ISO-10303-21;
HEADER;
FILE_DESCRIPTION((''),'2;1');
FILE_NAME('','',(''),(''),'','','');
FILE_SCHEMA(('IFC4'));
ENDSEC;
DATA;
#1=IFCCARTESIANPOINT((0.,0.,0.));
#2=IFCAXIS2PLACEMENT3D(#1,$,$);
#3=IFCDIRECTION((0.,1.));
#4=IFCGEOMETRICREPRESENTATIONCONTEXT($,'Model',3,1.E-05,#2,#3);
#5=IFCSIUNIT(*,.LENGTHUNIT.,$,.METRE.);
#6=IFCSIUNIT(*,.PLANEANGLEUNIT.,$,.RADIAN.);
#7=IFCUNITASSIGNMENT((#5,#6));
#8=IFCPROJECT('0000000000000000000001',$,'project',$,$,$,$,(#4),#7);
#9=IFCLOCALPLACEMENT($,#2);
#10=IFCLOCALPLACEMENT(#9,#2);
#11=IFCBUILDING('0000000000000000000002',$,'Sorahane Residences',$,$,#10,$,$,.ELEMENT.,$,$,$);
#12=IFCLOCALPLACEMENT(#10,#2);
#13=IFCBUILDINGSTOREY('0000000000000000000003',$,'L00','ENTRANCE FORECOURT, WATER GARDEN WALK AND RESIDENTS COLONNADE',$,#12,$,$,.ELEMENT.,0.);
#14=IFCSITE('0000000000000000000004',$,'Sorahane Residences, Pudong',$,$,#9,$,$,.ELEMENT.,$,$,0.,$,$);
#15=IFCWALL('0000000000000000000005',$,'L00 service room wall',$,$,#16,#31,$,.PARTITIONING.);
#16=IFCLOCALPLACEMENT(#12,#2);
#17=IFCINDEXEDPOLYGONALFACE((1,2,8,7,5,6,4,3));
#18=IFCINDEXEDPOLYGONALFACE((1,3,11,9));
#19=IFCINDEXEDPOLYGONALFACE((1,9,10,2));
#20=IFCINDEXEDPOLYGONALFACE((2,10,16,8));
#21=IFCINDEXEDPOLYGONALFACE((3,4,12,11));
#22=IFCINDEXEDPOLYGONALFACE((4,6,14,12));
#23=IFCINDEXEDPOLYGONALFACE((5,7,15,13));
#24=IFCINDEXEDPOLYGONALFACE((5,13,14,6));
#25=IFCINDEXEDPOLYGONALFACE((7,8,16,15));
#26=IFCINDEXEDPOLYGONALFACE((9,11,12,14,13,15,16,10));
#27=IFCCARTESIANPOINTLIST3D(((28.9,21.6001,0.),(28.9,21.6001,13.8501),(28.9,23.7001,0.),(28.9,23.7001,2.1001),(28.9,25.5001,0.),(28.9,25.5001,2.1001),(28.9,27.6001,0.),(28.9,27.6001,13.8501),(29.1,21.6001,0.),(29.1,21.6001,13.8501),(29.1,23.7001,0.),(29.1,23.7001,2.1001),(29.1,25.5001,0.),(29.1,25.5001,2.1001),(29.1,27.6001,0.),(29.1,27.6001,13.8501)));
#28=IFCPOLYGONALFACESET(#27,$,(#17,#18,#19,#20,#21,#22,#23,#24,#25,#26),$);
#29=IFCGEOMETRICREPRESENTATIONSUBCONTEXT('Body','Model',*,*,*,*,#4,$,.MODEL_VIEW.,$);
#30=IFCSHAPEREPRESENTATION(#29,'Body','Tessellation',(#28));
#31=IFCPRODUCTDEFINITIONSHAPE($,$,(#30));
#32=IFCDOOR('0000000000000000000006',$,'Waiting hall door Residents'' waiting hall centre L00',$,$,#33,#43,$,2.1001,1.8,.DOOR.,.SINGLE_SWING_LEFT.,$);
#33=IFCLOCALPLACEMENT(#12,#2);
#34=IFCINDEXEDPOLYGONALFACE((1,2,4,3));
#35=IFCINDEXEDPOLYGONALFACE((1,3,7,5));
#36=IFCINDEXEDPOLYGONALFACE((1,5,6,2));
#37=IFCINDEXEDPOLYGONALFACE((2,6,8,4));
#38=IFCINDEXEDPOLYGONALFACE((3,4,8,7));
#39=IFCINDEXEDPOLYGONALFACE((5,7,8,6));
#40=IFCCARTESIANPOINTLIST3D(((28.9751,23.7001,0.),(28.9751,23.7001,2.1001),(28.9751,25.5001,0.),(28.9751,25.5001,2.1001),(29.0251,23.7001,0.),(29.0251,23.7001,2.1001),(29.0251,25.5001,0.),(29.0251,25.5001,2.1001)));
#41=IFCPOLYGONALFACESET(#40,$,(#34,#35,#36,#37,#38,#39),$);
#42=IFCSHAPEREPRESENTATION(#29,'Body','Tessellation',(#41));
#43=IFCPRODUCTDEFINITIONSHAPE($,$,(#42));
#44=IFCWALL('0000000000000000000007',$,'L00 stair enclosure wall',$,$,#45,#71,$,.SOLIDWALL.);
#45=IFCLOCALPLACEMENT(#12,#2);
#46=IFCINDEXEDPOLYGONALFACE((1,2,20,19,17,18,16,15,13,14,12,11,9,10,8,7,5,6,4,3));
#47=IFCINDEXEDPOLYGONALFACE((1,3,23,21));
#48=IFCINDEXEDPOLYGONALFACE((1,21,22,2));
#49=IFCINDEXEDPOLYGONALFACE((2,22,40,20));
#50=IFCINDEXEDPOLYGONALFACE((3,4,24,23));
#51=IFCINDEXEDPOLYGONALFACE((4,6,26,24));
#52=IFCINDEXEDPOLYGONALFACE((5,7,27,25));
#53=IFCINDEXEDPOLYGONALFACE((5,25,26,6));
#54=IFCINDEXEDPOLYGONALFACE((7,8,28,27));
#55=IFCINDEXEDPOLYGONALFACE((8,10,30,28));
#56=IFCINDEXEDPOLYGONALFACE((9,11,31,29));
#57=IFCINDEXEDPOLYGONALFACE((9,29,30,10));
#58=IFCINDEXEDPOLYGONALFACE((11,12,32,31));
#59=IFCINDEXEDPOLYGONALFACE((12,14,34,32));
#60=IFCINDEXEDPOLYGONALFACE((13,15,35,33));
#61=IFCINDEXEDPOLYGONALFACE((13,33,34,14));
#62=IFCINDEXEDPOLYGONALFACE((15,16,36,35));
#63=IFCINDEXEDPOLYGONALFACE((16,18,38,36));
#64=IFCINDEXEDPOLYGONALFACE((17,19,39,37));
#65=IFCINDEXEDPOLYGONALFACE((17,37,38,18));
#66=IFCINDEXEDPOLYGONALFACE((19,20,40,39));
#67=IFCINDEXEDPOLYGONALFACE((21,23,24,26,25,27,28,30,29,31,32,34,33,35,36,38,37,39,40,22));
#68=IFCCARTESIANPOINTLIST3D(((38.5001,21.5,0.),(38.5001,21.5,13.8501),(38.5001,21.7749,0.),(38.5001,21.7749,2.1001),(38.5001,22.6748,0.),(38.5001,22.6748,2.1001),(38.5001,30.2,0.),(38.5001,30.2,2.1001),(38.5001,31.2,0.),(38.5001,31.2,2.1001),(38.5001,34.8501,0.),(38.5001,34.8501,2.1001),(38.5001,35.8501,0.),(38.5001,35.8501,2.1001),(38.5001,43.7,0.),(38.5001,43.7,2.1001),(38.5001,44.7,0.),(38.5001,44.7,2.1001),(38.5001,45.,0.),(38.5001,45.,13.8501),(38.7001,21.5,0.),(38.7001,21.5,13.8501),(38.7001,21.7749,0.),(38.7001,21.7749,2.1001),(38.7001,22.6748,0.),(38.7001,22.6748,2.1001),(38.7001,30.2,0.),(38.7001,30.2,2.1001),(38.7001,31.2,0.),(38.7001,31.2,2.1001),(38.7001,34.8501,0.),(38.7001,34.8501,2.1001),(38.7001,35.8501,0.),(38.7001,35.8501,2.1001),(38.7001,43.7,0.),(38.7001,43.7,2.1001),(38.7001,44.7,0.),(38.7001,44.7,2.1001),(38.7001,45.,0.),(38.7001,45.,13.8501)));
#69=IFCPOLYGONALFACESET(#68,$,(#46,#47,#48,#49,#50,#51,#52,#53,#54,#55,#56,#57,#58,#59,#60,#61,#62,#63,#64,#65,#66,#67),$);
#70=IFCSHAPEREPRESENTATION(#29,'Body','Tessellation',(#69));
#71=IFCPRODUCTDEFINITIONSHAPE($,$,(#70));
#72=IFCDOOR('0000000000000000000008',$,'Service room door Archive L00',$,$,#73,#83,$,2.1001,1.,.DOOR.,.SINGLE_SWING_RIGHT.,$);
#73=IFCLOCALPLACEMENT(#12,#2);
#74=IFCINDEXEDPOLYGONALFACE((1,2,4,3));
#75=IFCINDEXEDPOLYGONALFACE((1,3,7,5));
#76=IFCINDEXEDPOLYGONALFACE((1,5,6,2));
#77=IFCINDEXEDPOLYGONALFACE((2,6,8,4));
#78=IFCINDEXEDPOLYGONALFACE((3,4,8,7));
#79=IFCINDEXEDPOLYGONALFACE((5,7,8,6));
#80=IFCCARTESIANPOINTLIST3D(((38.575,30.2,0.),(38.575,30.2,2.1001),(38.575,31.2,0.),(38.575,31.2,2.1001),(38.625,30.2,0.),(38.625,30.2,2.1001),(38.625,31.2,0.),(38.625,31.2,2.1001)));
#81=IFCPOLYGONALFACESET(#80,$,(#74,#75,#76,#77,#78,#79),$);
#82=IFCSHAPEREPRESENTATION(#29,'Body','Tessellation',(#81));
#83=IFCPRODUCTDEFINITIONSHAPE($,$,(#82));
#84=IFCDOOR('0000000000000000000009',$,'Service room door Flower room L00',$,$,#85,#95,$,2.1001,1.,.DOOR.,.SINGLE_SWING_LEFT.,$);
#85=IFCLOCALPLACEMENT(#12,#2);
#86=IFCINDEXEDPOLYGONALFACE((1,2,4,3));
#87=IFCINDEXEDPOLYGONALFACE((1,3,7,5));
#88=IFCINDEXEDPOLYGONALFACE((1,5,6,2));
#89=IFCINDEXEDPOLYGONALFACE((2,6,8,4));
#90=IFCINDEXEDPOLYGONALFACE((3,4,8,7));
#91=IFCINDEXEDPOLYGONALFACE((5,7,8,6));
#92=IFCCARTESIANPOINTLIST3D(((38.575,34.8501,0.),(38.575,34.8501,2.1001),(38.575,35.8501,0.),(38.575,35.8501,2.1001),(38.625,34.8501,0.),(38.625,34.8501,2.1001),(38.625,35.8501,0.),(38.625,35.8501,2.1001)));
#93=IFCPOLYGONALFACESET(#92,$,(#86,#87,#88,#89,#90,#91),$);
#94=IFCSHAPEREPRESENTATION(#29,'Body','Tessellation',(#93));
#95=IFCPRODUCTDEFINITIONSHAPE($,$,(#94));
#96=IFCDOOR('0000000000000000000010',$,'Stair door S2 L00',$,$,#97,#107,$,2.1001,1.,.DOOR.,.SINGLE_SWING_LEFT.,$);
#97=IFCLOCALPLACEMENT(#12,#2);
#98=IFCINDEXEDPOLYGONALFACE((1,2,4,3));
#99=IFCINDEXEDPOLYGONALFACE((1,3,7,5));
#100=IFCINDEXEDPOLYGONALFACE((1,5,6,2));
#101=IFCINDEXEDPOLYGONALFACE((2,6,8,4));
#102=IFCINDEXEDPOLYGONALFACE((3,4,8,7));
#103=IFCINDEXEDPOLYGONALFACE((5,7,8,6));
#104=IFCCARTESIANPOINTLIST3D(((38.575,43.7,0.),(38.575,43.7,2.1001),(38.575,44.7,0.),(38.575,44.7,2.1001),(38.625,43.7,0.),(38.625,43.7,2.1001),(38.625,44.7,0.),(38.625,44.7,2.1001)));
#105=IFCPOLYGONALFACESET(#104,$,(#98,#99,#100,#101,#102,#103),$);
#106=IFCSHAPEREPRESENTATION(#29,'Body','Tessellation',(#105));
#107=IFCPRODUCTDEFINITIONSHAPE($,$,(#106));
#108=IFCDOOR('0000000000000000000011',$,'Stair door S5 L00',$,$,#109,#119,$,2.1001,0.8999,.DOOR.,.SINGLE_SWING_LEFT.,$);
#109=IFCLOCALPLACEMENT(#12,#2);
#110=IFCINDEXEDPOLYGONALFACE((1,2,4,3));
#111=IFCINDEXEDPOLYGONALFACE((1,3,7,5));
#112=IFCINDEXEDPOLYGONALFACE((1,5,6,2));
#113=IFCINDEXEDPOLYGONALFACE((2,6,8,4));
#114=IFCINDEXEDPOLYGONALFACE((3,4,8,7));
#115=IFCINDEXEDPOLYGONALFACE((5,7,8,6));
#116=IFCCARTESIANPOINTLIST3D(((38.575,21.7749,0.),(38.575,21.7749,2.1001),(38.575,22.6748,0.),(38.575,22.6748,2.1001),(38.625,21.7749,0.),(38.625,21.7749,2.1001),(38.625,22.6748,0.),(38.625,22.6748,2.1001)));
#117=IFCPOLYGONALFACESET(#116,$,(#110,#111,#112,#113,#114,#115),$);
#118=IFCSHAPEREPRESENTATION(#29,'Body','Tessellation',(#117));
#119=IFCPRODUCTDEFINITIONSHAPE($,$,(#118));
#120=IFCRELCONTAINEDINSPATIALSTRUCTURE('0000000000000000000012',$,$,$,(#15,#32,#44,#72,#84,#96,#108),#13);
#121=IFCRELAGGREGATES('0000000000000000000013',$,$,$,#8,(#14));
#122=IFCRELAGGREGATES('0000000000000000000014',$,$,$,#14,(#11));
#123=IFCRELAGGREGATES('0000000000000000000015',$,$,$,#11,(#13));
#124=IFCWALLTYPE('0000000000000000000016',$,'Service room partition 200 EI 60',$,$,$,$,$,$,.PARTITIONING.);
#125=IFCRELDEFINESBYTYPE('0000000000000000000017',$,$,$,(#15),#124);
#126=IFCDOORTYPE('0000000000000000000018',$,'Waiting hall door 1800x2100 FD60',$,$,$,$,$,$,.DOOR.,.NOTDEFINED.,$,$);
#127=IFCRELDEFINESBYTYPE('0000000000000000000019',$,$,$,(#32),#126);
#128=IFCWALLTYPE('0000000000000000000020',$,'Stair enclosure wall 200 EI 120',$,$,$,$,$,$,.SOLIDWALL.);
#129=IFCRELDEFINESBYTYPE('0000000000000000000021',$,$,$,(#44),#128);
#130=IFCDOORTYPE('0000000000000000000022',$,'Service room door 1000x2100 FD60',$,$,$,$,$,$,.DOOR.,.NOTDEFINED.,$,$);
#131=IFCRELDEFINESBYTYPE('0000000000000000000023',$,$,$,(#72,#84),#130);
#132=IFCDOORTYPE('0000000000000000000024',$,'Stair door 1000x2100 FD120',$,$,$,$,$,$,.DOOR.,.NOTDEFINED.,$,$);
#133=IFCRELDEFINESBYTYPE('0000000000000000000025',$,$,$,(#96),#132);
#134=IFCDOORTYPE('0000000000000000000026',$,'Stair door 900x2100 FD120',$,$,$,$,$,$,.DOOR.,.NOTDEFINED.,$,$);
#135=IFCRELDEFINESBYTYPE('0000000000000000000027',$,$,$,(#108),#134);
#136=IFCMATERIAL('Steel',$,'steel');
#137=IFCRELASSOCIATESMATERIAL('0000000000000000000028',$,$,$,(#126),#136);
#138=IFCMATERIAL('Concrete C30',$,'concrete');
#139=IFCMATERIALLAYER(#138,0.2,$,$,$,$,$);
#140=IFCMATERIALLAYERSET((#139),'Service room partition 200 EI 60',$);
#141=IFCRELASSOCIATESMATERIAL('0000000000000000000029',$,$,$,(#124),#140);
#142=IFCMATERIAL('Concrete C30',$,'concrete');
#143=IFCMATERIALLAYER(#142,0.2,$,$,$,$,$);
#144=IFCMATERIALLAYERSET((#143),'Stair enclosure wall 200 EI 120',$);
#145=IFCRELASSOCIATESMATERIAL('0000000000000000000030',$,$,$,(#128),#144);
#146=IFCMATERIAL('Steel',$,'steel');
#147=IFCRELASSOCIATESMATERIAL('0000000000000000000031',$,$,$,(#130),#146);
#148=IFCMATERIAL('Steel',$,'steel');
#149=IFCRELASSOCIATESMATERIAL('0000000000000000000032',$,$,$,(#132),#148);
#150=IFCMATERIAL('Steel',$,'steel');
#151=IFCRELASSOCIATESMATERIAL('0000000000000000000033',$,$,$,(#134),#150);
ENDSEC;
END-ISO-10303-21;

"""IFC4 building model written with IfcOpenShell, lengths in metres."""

from ifc_helpers import new_model, si_unit, direction, frame, frame_2d, origin, place, context, subcontext, project, spatial, rectangle, extrude, material, layer, layer_set, type_object, element, fill, save


model = new_model("IFC4")

# Units and contexts
model_context = context("Model", 3, precision=1e-05, world=origin(), true_north=direction((0.0, 1.0)))
body_context = subcontext(model_context, "Body", "Model", "MODEL_VIEW")
ifc_project = project(units=[si_unit("LENGTHUNIT", "METRE"), si_unit("PLANEANGLEUNIT", "RADIAN")], contexts=[model_context])

# Site, building, storey
site_placement = place(None, origin())
site = spatial("IfcSite", under=ifc_project, at=site_placement, Name="Sorahane Residences, Pudong", CompositionType="ELEMENT", RefElevation=0.0)
building_placement = place(site_placement, origin())
building = spatial("IfcBuilding", under=site, at=building_placement, Name="Sorahane Residences", CompositionType="ELEMENT")
storey_placement = place(building_placement, origin())
storey = spatial("IfcBuildingStorey", under=building, at=storey_placement, Name="L00", Description="ENTRANCE FORECOURT, WATER GARDEN WALK AND RESIDENTS COLONNADE", CompositionType="ELEMENT", Elevation=0.0)

# Wall, opening, door
ifc_material_1 = material(Name="Steel", Category="steel")
door_type_1 = type_object("IfcDoorType", Name="Waiting hall door 1800x2100 FD60", OperationType="NOTDEFINED", PredefinedType="DOOR", material=ifc_material_1)
ifc_material_2 = material(Name="Concrete C30", Category="concrete")
ifc_layer_1 = layer(ifc_material_2, 0.2)
ifc_layer_set_1 = layer_set([ifc_layer_1], Name="Service room partition 200 EI 60")
wall_type_1 = type_object("IfcWallType", Name="Service room partition 200 EI 60", PredefinedType="PARTITIONING", material=ifc_layer_set_1)
wall_1_placement = place(storey_placement, frame((29.0, 21.6001, 0.0), z_axis=(0.0, 0.0, 1.0), x_axis=(0.0, 1.0, 0.0)))
wall_1 = element("IfcWall", 1, at=wall_1_placement, inside=storey, type_object=wall_type_1, Name="L00 service room wall", PredefinedType="PARTITIONING", context=body_context, shape_type="SweptSolid", body=[
    extrude(rectangle(XDim=6.0, YDim=0.2, at=frame_2d((3.0, 0.0))), origin(), (0.0, 0.0, 1.0), 13.8501),
])
opening_1_placement = place(wall_1_placement, frame((2.1001, 0.0, 0.0)))
opening_1 = element("IfcOpeningElement", 2, at=opening_1_placement, cuts=wall_1, PredefinedType="OPENING", context=body_context, shape_type="SweptSolid", body=[
    extrude(rectangle(XDim=1.8, YDim=2.1001, at=frame_2d((0.8999, 1.05))), frame((0.0, 0.1099, 0.0), z_axis=(0.0, -1.0, 0.0), x_axis=(1.0, 0.0, 0.0)), (0.0, 0.0, 1.0), 0.22),
])
door_1_placement = place(opening_1_placement, origin())
door_1 = element("IfcDoor", 3, at=door_1_placement, inside=storey, type_object=door_type_1, Name="Waiting hall door Residents' waiting hall centre L00", OperationType="SINGLE_SWING_LEFT", OverallHeight=2.1001, OverallWidth=1.8, PredefinedType="DOOR", context=body_context, shape_type="SweptSolid", body=[
    extrude(rectangle(XDim=1.8, YDim=2.1001, at=frame_2d((0.8999, 1.05))), frame((0.0, 0.0249, 0.0), z_axis=(0.0, -1.0, 0.0), x_axis=(1.0, 0.0, 0.0)), (0.0, 0.0, 1.0), 0.05),
])
fill(opening_1, door_1)

# Wall, openings, doors
ifc_material_3 = material(Name="Concrete C30", Category="concrete")
ifc_layer_2 = layer(ifc_material_3, 0.2)
ifc_layer_set_2 = layer_set([ifc_layer_2], Name="Stair enclosure wall 200 EI 120")
wall_type_2 = type_object("IfcWallType", Name="Stair enclosure wall 200 EI 120", PredefinedType="SOLIDWALL", material=ifc_layer_set_2)
wall_2_placement = place(storey_placement, frame((38.6001, 21.5, 0.0), z_axis=(0.0, 0.0, 1.0), x_axis=(0.0, 1.0, 0.0)))
wall_2 = element("IfcWall", 4, at=wall_2_placement, inside=storey, type_object=wall_type_2, Name="L00 stair enclosure wall", PredefinedType="SOLIDWALL", context=body_context, shape_type="SweptSolid", body=[
    extrude(rectangle(XDim=23.5, YDim=0.2, at=frame_2d((11.75, 0.0))), origin(), (0.0, 0.0, 1.0), 13.8501),
])
opening_2_placement = place(wall_2_placement, frame((8.7, 0.0, 0.0)))
opening_2 = element("IfcOpeningElement", 5, at=opening_2_placement, cuts=wall_2, PredefinedType="OPENING", context=body_context, shape_type="SweptSolid", body=[
    extrude(rectangle(XDim=1.0, YDim=2.1001, at=frame_2d((0.5, 1.05))), frame((0.0, 0.1099, 0.0), z_axis=(0.0, -1.0, 0.0), x_axis=(1.0, 0.0, 0.0)), (0.0, 0.0, 1.0), 0.22),
])
opening_3_placement = place(wall_2_placement, frame((13.3501, 0.0, 0.0)))
opening_3 = element("IfcOpeningElement", 6, at=opening_3_placement, cuts=wall_2, PredefinedType="OPENING", context=body_context, shape_type="SweptSolid", body=[
    extrude(rectangle(XDim=1.0, YDim=2.1001, at=frame_2d((0.5, 1.05))), frame((0.0, 0.1099, 0.0), z_axis=(0.0, -1.0, 0.0), x_axis=(1.0, 0.0, 0.0)), (0.0, 0.0, 1.0), 0.22),
])
opening_4_placement = place(wall_2_placement, frame((22.2, 0.0, 0.0)))
opening_4 = element("IfcOpeningElement", 7, at=opening_4_placement, cuts=wall_2, PredefinedType="OPENING", context=body_context, shape_type="SweptSolid", body=[
    extrude(rectangle(XDim=1.0, YDim=2.1001, at=frame_2d((0.5, 1.05))), frame((0.0, 0.1099, 0.0), z_axis=(0.0, -1.0, 0.0), x_axis=(1.0, 0.0, 0.0)), (0.0, 0.0, 1.0), 0.22),
])
opening_5_placement = place(wall_2_placement, frame((0.2749, 0.0, 0.0)))
opening_5 = element("IfcOpeningElement", 8, at=opening_5_placement, cuts=wall_2, PredefinedType="OPENING", context=body_context, shape_type="SweptSolid", body=[
    extrude(rectangle(XDim=0.8999, YDim=2.1001, at=frame_2d((0.45, 1.05))), frame((0.0, 0.1099, 0.0), z_axis=(0.0, -1.0, 0.0), x_axis=(1.0, 0.0, 0.0)), (0.0, 0.0, 1.0), 0.22),
])
ifc_material_4 = material(Name="Steel", Category="steel")
door_type_2 = type_object("IfcDoorType", Name="Service room door 1000x2100 FD60", OperationType="NOTDEFINED", PredefinedType="DOOR", material=ifc_material_4)
door_2_placement = place(opening_2_placement, frame((1.0, 0.0, 0.0), z_axis=(0.0, 0.0, 1.0), x_axis=(-1.0, 0.0, 0.0)))
door_2 = element("IfcDoor", 9, at=door_2_placement, inside=storey, type_object=door_type_2, Name="Service room door Archive L00", OperationType="SINGLE_SWING_RIGHT", OverallHeight=2.1001, OverallWidth=1.0, PredefinedType="DOOR", context=body_context, shape_type="SweptSolid", body=[
    extrude(rectangle(XDim=1.0, YDim=2.1001, at=frame_2d((0.5, 1.05))), frame((0.0, 0.0249, 0.0), z_axis=(0.0, -1.0, 0.0), x_axis=(1.0, 0.0, 0.0)), (0.0, 0.0, 1.0), 0.05),
])
fill(opening_2, door_2)
door_3_placement = place(opening_3_placement, frame((1.0, 0.0, 0.0), z_axis=(0.0, 0.0, 1.0), x_axis=(-1.0, 0.0, 0.0)))
door_3 = element("IfcDoor", 10, at=door_3_placement, inside=storey, type_object=door_type_2, Name="Service room door Flower room L00", OperationType="SINGLE_SWING_LEFT", OverallHeight=2.1001, OverallWidth=1.0, PredefinedType="DOOR", context=body_context, shape_type="SweptSolid", body=[
    extrude(rectangle(XDim=1.0, YDim=2.1001, at=frame_2d((0.5, 1.05))), frame((0.0, 0.0249, 0.0), z_axis=(0.0, -1.0, 0.0), x_axis=(1.0, 0.0, 0.0)), (0.0, 0.0, 1.0), 0.05),
])
fill(opening_3, door_3)
ifc_material_5 = material(Name="Steel", Category="steel")
door_type_3 = type_object("IfcDoorType", Name="Stair door 1000x2100 FD120", OperationType="NOTDEFINED", PredefinedType="DOOR", material=ifc_material_5)
door_4_placement = place(opening_4_placement, frame((1.0, 0.0, 0.0), z_axis=(0.0, 0.0, 1.0), x_axis=(-1.0, 0.0, 0.0)))
door_4 = element("IfcDoor", 11, at=door_4_placement, inside=storey, type_object=door_type_3, Name="Stair door S2 L00", OperationType="SINGLE_SWING_LEFT", OverallHeight=2.1001, OverallWidth=1.0, PredefinedType="DOOR", context=body_context, shape_type="SweptSolid", body=[
    extrude(rectangle(XDim=1.0, YDim=2.1001, at=frame_2d((0.5, 1.05))), frame((0.0, 0.0249, 0.0), z_axis=(0.0, -1.0, 0.0), x_axis=(1.0, 0.0, 0.0)), (0.0, 0.0, 1.0), 0.05),
])
fill(opening_4, door_4)
ifc_material_6 = material(Name="Steel", Category="steel")
door_type_4 = type_object("IfcDoorType", Name="Stair door 900x2100 FD120", OperationType="NOTDEFINED", PredefinedType="DOOR", material=ifc_material_6)
door_5_placement = place(opening_5_placement, frame((0.8999, 0.0, 0.0), z_axis=(0.0, 0.0, 1.0), x_axis=(-1.0, 0.0, 0.0)))
door_5 = element("IfcDoor", 12, at=door_5_placement, inside=storey, type_object=door_type_4, Name="Stair door S5 L00", OperationType="SINGLE_SWING_LEFT", OverallHeight=2.1001, OverallWidth=0.8999, PredefinedType="DOOR", context=body_context, shape_type="SweptSolid", body=[
    extrude(rectangle(XDim=0.8999, YDim=2.1001, at=frame_2d((0.45, 1.05))), frame((0.0, 0.0249, 0.0), z_axis=(0.0, -1.0, 0.0), x_axis=(1.0, 0.0, 0.0)), (0.0, 0.0, 1.0), 0.05),
])
fill(opening_5, door_5)

save(model, "model.ifc")
